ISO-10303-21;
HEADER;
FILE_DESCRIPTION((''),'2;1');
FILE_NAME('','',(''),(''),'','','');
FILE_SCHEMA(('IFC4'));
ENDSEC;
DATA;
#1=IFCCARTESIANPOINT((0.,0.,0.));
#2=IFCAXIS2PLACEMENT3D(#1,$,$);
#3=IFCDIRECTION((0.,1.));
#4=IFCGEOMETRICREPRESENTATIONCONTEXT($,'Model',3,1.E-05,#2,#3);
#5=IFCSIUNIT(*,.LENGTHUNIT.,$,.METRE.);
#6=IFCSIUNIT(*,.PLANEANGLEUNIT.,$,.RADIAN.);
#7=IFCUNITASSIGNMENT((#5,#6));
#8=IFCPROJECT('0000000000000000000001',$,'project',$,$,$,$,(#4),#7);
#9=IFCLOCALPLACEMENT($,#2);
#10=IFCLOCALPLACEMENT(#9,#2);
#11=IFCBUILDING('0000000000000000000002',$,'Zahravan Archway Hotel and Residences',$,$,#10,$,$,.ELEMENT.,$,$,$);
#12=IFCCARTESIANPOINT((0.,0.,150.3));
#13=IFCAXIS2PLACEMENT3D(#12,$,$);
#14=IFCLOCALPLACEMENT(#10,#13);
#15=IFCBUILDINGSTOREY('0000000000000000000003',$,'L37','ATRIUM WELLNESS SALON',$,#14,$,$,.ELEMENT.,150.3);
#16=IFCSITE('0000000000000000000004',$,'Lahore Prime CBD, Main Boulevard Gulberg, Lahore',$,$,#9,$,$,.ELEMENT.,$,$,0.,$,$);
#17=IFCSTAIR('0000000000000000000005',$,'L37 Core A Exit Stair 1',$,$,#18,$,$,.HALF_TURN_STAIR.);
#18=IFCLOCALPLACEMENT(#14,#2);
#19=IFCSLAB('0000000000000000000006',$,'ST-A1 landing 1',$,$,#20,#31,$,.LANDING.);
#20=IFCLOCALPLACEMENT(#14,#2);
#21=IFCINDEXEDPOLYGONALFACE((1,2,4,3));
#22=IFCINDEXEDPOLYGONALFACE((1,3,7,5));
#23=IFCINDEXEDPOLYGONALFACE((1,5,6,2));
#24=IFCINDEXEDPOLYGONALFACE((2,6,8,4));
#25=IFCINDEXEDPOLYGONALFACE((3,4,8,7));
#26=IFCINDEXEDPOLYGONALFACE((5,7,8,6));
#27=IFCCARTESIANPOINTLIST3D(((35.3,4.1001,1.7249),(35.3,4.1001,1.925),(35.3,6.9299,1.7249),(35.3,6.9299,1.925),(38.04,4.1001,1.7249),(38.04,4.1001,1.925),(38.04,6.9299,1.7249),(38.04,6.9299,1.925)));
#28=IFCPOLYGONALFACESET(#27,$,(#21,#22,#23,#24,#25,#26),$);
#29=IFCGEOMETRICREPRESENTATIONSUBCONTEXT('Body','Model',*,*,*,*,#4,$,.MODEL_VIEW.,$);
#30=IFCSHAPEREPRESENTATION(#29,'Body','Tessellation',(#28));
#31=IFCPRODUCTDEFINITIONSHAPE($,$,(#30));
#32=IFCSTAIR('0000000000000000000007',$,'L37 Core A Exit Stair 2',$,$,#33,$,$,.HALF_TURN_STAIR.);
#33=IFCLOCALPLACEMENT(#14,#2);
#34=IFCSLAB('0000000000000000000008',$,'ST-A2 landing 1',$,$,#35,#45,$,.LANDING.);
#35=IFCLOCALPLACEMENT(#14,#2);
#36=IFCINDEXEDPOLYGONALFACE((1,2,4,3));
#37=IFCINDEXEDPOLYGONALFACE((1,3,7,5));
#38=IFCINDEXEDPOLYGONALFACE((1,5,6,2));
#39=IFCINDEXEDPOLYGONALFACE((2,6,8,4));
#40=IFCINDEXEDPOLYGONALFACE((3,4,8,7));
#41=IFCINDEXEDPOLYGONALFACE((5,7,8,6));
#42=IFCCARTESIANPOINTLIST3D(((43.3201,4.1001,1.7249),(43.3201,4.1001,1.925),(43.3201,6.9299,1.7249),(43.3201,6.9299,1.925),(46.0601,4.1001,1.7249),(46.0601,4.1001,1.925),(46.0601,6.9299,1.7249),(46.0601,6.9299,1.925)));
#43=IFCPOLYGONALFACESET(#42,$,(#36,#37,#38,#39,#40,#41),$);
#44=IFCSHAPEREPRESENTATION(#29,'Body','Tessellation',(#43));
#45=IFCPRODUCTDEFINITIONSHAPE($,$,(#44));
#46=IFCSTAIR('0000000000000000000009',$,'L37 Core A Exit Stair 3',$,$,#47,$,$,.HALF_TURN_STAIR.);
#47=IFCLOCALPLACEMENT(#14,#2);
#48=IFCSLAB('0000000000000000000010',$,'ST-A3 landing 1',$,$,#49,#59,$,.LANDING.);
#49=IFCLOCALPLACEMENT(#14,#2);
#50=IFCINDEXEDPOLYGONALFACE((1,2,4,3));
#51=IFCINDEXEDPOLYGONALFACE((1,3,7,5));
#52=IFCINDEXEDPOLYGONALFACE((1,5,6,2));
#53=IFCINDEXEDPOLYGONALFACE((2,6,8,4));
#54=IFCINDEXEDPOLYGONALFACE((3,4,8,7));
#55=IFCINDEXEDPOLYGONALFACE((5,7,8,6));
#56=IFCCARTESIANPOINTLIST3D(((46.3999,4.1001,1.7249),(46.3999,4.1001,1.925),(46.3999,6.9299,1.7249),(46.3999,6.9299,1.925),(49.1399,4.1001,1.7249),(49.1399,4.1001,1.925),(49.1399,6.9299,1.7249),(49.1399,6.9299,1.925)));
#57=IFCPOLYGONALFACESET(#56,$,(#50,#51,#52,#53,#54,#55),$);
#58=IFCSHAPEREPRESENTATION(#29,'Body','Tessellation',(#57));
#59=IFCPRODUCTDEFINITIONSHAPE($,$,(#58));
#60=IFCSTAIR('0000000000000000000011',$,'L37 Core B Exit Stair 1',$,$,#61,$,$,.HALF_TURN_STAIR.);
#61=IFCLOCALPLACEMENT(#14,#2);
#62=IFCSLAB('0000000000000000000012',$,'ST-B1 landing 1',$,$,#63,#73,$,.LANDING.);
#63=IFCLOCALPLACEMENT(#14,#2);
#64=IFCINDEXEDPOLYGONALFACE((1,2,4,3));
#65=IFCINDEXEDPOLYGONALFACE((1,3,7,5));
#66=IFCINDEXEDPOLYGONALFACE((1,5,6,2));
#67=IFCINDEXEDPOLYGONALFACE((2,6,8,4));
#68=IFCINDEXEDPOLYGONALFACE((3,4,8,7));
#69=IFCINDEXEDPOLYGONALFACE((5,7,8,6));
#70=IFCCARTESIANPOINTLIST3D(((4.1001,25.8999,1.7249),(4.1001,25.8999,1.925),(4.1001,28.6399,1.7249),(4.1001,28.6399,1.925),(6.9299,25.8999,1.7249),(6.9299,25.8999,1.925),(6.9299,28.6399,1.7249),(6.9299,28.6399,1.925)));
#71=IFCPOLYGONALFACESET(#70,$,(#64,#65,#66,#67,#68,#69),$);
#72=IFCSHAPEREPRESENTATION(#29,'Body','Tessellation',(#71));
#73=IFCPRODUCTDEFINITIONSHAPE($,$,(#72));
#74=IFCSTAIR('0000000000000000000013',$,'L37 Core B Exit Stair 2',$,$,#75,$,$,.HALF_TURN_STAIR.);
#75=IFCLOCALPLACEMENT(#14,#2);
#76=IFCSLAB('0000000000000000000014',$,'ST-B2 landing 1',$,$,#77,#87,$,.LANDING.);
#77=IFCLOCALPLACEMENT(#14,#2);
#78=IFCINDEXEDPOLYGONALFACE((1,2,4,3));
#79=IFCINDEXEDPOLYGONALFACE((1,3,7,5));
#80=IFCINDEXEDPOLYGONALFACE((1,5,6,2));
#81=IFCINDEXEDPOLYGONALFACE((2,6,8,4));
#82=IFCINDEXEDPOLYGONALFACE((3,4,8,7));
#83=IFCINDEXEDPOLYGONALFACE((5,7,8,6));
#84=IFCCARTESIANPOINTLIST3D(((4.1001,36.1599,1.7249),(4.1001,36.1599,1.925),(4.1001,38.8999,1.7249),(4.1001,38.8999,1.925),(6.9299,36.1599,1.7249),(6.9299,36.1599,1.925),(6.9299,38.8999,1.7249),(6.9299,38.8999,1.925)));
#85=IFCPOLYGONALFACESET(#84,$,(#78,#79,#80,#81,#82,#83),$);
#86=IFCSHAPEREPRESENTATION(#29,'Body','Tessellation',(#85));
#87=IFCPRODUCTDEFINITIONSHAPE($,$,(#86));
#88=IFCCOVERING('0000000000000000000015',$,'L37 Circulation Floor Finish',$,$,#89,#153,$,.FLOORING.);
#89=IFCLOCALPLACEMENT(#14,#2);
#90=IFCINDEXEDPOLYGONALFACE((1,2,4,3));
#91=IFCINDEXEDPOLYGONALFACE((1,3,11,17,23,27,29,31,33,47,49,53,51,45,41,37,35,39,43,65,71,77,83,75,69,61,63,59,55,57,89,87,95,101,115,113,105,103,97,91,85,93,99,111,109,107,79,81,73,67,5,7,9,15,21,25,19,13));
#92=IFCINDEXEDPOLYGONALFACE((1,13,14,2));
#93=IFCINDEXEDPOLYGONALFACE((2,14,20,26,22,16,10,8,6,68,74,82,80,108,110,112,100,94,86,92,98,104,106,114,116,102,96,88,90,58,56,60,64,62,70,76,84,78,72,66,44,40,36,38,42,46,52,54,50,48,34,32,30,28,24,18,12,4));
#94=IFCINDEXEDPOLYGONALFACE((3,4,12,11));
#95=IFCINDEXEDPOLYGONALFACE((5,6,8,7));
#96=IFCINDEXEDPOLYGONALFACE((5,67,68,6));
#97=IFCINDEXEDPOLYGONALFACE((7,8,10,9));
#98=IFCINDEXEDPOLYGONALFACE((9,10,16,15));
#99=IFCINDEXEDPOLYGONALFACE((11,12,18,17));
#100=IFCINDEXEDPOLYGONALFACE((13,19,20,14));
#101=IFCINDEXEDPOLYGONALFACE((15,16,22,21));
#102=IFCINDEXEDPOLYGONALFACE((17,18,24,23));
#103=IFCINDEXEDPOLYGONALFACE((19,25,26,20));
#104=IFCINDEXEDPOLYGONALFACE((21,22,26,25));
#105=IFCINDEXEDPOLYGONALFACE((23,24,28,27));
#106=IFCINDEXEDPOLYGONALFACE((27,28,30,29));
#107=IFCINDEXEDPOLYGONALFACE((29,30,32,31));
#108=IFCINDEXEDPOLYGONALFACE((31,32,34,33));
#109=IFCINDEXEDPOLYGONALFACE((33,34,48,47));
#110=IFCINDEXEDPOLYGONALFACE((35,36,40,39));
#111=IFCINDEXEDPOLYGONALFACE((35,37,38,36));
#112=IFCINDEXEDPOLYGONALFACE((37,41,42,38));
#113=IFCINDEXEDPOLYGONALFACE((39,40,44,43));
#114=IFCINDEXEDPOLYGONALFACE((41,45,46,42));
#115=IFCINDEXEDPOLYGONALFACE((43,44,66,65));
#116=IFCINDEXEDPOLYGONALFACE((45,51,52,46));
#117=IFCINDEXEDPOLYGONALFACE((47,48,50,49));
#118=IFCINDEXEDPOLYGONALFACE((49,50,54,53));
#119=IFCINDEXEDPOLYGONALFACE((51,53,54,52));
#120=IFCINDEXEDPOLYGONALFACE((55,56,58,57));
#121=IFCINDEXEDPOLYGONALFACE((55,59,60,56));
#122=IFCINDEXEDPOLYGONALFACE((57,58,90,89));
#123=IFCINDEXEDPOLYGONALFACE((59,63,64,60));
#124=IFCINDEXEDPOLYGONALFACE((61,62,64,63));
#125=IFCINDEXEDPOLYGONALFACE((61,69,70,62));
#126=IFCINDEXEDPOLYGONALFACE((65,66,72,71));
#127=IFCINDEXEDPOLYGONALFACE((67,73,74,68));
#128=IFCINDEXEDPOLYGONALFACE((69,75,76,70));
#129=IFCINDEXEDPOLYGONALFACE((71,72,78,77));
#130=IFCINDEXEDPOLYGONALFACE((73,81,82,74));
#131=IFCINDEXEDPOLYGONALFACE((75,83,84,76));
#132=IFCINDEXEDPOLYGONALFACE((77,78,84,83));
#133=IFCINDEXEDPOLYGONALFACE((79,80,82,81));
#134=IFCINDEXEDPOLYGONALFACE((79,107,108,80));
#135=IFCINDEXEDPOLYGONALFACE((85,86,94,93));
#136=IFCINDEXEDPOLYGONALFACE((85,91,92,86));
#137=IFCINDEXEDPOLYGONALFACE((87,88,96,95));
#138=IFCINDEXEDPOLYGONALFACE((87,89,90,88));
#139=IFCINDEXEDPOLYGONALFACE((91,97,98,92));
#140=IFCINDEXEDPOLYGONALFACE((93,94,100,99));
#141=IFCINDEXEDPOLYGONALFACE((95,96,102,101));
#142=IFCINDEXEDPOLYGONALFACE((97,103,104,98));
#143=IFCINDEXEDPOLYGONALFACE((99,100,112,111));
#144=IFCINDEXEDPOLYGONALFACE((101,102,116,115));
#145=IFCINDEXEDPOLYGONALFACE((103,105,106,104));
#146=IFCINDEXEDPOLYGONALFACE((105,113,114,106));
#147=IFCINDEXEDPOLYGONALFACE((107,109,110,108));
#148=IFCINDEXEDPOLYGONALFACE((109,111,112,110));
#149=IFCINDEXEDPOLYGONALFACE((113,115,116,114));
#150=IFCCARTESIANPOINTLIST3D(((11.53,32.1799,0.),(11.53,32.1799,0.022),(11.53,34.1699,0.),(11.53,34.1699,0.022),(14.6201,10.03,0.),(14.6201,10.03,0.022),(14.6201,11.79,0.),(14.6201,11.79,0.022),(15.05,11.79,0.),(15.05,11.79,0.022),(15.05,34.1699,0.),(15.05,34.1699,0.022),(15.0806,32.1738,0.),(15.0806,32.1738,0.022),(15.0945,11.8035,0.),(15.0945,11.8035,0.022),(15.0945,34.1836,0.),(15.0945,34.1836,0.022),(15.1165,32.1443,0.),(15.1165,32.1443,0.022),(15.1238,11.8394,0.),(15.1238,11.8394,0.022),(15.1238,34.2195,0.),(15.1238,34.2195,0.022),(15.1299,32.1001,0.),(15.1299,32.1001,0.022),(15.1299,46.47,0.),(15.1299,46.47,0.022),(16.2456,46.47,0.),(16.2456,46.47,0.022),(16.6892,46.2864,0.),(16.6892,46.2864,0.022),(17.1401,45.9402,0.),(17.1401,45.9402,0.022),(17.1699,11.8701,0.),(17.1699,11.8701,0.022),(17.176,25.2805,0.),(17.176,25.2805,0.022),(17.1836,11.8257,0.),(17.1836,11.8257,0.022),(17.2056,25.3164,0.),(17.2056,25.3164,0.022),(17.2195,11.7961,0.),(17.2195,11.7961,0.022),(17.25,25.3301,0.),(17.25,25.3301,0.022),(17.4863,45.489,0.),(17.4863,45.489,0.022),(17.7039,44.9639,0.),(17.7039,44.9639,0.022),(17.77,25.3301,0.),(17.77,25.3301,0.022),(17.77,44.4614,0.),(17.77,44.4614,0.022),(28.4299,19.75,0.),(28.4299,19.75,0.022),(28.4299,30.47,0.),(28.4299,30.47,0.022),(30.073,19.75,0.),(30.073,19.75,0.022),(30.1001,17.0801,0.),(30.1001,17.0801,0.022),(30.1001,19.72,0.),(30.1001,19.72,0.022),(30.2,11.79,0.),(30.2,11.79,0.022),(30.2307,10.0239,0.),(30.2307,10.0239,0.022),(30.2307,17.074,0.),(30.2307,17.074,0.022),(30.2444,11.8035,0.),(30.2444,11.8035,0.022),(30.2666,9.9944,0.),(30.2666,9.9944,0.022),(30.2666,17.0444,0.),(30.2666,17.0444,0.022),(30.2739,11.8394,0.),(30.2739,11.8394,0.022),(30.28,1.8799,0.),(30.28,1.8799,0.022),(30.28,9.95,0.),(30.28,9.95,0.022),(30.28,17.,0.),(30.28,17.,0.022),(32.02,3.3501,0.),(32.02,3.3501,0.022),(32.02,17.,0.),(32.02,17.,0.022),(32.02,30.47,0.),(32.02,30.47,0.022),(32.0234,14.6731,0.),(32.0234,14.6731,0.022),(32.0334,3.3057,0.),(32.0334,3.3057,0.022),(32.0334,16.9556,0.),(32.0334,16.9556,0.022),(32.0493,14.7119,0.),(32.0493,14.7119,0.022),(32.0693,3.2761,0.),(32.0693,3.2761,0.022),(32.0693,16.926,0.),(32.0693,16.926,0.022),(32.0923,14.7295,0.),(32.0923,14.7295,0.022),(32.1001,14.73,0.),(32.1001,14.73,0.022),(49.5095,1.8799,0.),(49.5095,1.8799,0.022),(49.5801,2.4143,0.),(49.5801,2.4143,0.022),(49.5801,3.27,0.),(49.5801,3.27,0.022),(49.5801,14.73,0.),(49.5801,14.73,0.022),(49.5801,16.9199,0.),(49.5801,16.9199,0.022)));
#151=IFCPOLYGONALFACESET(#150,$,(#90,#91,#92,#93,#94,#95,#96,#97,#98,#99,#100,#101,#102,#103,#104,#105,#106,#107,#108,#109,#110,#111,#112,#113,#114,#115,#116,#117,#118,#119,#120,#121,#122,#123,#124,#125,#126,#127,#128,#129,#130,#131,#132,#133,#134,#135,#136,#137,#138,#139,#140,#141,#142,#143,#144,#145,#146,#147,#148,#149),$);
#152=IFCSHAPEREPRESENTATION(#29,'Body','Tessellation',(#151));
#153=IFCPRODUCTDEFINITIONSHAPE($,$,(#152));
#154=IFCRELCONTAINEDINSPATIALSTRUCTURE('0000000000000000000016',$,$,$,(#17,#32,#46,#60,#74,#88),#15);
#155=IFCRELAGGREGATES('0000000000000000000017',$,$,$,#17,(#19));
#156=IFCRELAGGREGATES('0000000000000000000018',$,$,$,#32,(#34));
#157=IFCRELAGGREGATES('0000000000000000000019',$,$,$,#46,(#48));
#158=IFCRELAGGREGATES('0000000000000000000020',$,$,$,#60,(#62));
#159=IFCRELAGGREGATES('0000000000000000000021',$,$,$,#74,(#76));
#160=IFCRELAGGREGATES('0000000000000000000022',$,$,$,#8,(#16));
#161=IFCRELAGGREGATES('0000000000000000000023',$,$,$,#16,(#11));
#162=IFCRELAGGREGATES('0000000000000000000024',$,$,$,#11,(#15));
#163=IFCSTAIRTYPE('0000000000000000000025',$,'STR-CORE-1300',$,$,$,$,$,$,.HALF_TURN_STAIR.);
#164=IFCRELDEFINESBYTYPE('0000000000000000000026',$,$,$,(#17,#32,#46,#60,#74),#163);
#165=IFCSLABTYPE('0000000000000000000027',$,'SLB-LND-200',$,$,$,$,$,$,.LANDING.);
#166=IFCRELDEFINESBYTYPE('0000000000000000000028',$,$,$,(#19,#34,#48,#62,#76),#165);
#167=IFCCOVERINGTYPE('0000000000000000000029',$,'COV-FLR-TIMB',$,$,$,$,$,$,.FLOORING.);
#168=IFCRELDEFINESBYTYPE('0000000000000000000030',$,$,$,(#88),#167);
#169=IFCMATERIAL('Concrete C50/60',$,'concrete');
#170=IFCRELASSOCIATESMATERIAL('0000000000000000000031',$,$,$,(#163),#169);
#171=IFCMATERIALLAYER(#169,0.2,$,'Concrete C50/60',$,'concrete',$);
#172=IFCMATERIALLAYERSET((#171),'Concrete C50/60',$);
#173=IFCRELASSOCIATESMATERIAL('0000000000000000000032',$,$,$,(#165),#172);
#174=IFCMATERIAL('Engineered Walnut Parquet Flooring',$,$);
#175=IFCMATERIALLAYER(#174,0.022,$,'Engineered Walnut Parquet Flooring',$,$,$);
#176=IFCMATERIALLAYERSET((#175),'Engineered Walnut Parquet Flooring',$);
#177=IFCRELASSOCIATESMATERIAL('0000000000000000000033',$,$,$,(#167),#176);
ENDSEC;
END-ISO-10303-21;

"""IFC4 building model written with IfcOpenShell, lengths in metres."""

from ifc_helpers import new_model, si_unit, direction, frame, origin, place, context, subcontext, project, spatial, polyline, outline, extrude, material, layer, layer_set, type_object, element, aggregate, save


model = new_model("IFC4")

# Units and contexts
model_context = context("Model", 3, precision=1e-05, world=origin(), true_north=direction((0.0, 1.0)))
body_context = subcontext(model_context, "Body", "Model", "MODEL_VIEW")
ifc_project = project(units=[si_unit("LENGTHUNIT", "METRE"), si_unit("PLANEANGLEUNIT", "RADIAN")], contexts=[model_context])

# Site, building, storey
site_placement = place(None, origin())
site = spatial("IfcSite", under=ifc_project, at=site_placement, Name="Lahore Prime CBD, Main Boulevard Gulberg, Lahore", CompositionType="ELEMENT", RefElevation=0.0)
building_placement = place(site_placement, origin())
building = spatial("IfcBuilding", under=site, at=building_placement, Name="Zahravan Archway Hotel and Residences", CompositionType="ELEMENT")
storey_placement = place(building_placement, frame((0.0, 0.0, 150.3)))
storey = spatial("IfcBuildingStorey", under=building, at=storey_placement, Name="L37", Description="ATRIUM WELLNESS SALON", CompositionType="ELEMENT", Elevation=150.3)

# Stairs, slabs
ifc_material_1 = material(Name="Concrete C50/60", Category="concrete")
stair_type = type_object("IfcStairType", Name="STR-CORE-1300", PredefinedType="HALF_TURN_STAIR", material=ifc_material_1)
stair_1_placement = place(storey_placement, origin())
stair_1 = element("IfcStair", 1, at=stair_1_placement, inside=storey, type_object=stair_type, Name="L37 Core A Exit Stair 1", PredefinedType="HALF_TURN_STAIR")
ifc_layer_1 = layer(ifc_material_1, 0.2, Name="Concrete C50/60", Category="concrete")
ifc_layer_set_1 = layer_set([ifc_layer_1], Name="Concrete C50/60")
slab_type_1 = type_object("IfcSlabType", Name="SLB-LND-200", PredefinedType="LANDING", material=ifc_layer_set_1)
slab_1_placement = place(storey_placement, frame((0.0, 0.0, 1.7249)))
slab_1 = element("IfcSlab", 2, at=slab_1_placement, type_object=slab_type_1, Name="ST-A1 landing 1", PredefinedType="LANDING", context=body_context, shape_type="SweptSolid", body=[
    extrude(outline(polyline([(35.3, 6.9299), (35.3, 4.1001), (38.04, 4.1001), (38.04, 6.9299), (35.3, 6.9299)])), origin(), (0.0, 0.0, 1.0), 0.2002),
])
aggregate(stair_1, [slab_1])
stair_2_placement = place(storey_placement, origin())
stair_2 = element("IfcStair", 3, at=stair_2_placement, inside=storey, type_object=stair_type, Name="L37 Core A Exit Stair 2", PredefinedType="HALF_TURN_STAIR")
slab_2_placement = place(storey_placement, frame((0.0, 0.0, 1.7249)))
slab_2 = element("IfcSlab", 4, at=slab_2_placement, type_object=slab_type_1, Name="ST-A2 landing 1", PredefinedType="LANDING", context=body_context, shape_type="SweptSolid", body=[
    extrude(outline(polyline([(43.3201, 6.9299), (43.3201, 4.1001), (46.0601, 4.1001), (46.0601, 6.9299), (43.3201, 6.9299)])), origin(), (0.0, 0.0, 1.0), 0.2002),
])
aggregate(stair_2, [slab_2])
stair_3_placement = place(storey_placement, origin())
stair_3 = element("IfcStair", 5, at=stair_3_placement, inside=storey, type_object=stair_type, Name="L37 Core A Exit Stair 3", PredefinedType="HALF_TURN_STAIR")
slab_3_placement = place(storey_placement, frame((0.0, 0.0, 1.7249)))
slab_3 = element("IfcSlab", 6, at=slab_3_placement, type_object=slab_type_1, Name="ST-A3 landing 1", PredefinedType="LANDING", context=body_context, shape_type="SweptSolid", body=[
    extrude(outline(polyline([(46.3999, 6.9299), (46.3999, 4.1001), (49.1399, 4.1001), (49.1399, 6.9299), (46.3999, 6.9299)])), origin(), (0.0, 0.0, 1.0), 0.2002),
])
aggregate(stair_3, [slab_3])
stair_4_placement = place(storey_placement, origin())
stair_4 = element("IfcStair", 7, at=stair_4_placement, inside=storey, type_object=stair_type, Name="L37 Core B Exit Stair 1", PredefinedType="HALF_TURN_STAIR")
slab_4_placement = place(storey_placement, frame((0.0, 0.0, 1.7249)))
slab_4 = element("IfcSlab", 8, at=slab_4_placement, type_object=slab_type_1, Name="ST-B1 landing 1", PredefinedType="LANDING", context=body_context, shape_type="SweptSolid", body=[
    extrude(outline(polyline([(6.9299, 28.6399), (4.1001, 28.6399), (4.1001, 25.8999), (6.9299, 25.8999), (6.9299, 28.6399)])), origin(), (0.0, 0.0, 1.0), 0.2002),
])
aggregate(stair_4, [slab_4])
stair_5_placement = place(storey_placement, origin())
stair_5 = element("IfcStair", 9, at=stair_5_placement, inside=storey, type_object=stair_type, Name="L37 Core B Exit Stair 2", PredefinedType="HALF_TURN_STAIR")
slab_5_placement = place(storey_placement, frame((0.0, 0.0, 1.7249)))
slab_5 = element("IfcSlab", 10, at=slab_5_placement, type_object=slab_type_1, Name="ST-B2 landing 1", PredefinedType="LANDING", context=body_context, shape_type="SweptSolid", body=[
    extrude(outline(polyline([(6.9299, 38.8999), (4.1001, 38.8999), (4.1001, 36.1599), (6.9299, 36.1599), (6.9299, 38.8999)])), origin(), (0.0, 0.0, 1.0), 0.2002),
])
aggregate(stair_5, [slab_5])

# Covering
ifc_material_2 = material(Name="Engineered Walnut Parquet Flooring")
ifc_layer_2 = layer(ifc_material_2, 0.022, Name="Engineered Walnut Parquet Flooring")
ifc_layer_set_2 = layer_set([ifc_layer_2], Name="Engineered Walnut Parquet Flooring")
covering_type = type_object("IfcCoveringType", Name="COV-FLR-TIMB", PredefinedType="FLOORING", material=ifc_layer_set_2)
covering_placement = place(storey_placement, origin())
element("IfcCovering", 11, at=covering_placement, inside=storey, type_object=covering_type, Name="L37 Circulation Floor Finish", PredefinedType="FLOORING", context=body_context, shape_type="SweptSolid", body=[
    extrude(outline(polyline([(32.0923, 14.7295), (32.0493, 14.7119), (32.0234, 14.6731), (32.02, 3.3501), (32.0334, 3.3057), (32.0693, 3.2761), (49.5801, 3.27), (49.5801, 2.4143), (49.5095, 1.8799), (30.28, 1.8799), (30.28, 9.95), (30.2666, 9.9944), (30.2307, 10.0239), (14.6201, 10.03), (14.6201, 11.79), (15.05, 11.79), (15.0945, 11.8035), (15.1238, 11.8394), (15.1299, 32.1001), (15.1165, 32.1443), (15.0806, 32.1738), (11.53, 32.1799), (11.53, 34.1699), (15.05, 34.1699), (15.0945, 34.1836), (15.1238, 34.2195), (15.1299, 46.47), (16.2456, 46.47), (16.6892, 46.2864), (17.1401, 45.9402), (17.4863, 45.489), (17.7039, 44.9639), (17.77, 44.4614), (17.77, 25.3301), (17.25, 25.3301), (17.2056, 25.3164), (17.176, 25.2805), (17.1699, 11.8701), (17.1836, 11.8257), (17.2195, 11.7961), (30.2, 11.79), (30.2444, 11.8035), (30.2739, 11.8394), (30.28, 17.0), (30.2666, 17.0444), (30.2307, 17.074), (30.1001, 17.0801), (30.1001, 19.72), (30.073, 19.75), (28.4299, 19.75), (28.4299, 30.47), (32.02, 30.47), (32.02, 17.0), (32.0334, 16.9556), (32.0693, 16.926), (49.5801, 16.9199), (49.5801, 14.73), (32.1001, 14.73), (32.0923, 14.7295)])), origin(), (0.0, 0.0, 1.0), 0.022),
])

save(model, "model.ifc")
